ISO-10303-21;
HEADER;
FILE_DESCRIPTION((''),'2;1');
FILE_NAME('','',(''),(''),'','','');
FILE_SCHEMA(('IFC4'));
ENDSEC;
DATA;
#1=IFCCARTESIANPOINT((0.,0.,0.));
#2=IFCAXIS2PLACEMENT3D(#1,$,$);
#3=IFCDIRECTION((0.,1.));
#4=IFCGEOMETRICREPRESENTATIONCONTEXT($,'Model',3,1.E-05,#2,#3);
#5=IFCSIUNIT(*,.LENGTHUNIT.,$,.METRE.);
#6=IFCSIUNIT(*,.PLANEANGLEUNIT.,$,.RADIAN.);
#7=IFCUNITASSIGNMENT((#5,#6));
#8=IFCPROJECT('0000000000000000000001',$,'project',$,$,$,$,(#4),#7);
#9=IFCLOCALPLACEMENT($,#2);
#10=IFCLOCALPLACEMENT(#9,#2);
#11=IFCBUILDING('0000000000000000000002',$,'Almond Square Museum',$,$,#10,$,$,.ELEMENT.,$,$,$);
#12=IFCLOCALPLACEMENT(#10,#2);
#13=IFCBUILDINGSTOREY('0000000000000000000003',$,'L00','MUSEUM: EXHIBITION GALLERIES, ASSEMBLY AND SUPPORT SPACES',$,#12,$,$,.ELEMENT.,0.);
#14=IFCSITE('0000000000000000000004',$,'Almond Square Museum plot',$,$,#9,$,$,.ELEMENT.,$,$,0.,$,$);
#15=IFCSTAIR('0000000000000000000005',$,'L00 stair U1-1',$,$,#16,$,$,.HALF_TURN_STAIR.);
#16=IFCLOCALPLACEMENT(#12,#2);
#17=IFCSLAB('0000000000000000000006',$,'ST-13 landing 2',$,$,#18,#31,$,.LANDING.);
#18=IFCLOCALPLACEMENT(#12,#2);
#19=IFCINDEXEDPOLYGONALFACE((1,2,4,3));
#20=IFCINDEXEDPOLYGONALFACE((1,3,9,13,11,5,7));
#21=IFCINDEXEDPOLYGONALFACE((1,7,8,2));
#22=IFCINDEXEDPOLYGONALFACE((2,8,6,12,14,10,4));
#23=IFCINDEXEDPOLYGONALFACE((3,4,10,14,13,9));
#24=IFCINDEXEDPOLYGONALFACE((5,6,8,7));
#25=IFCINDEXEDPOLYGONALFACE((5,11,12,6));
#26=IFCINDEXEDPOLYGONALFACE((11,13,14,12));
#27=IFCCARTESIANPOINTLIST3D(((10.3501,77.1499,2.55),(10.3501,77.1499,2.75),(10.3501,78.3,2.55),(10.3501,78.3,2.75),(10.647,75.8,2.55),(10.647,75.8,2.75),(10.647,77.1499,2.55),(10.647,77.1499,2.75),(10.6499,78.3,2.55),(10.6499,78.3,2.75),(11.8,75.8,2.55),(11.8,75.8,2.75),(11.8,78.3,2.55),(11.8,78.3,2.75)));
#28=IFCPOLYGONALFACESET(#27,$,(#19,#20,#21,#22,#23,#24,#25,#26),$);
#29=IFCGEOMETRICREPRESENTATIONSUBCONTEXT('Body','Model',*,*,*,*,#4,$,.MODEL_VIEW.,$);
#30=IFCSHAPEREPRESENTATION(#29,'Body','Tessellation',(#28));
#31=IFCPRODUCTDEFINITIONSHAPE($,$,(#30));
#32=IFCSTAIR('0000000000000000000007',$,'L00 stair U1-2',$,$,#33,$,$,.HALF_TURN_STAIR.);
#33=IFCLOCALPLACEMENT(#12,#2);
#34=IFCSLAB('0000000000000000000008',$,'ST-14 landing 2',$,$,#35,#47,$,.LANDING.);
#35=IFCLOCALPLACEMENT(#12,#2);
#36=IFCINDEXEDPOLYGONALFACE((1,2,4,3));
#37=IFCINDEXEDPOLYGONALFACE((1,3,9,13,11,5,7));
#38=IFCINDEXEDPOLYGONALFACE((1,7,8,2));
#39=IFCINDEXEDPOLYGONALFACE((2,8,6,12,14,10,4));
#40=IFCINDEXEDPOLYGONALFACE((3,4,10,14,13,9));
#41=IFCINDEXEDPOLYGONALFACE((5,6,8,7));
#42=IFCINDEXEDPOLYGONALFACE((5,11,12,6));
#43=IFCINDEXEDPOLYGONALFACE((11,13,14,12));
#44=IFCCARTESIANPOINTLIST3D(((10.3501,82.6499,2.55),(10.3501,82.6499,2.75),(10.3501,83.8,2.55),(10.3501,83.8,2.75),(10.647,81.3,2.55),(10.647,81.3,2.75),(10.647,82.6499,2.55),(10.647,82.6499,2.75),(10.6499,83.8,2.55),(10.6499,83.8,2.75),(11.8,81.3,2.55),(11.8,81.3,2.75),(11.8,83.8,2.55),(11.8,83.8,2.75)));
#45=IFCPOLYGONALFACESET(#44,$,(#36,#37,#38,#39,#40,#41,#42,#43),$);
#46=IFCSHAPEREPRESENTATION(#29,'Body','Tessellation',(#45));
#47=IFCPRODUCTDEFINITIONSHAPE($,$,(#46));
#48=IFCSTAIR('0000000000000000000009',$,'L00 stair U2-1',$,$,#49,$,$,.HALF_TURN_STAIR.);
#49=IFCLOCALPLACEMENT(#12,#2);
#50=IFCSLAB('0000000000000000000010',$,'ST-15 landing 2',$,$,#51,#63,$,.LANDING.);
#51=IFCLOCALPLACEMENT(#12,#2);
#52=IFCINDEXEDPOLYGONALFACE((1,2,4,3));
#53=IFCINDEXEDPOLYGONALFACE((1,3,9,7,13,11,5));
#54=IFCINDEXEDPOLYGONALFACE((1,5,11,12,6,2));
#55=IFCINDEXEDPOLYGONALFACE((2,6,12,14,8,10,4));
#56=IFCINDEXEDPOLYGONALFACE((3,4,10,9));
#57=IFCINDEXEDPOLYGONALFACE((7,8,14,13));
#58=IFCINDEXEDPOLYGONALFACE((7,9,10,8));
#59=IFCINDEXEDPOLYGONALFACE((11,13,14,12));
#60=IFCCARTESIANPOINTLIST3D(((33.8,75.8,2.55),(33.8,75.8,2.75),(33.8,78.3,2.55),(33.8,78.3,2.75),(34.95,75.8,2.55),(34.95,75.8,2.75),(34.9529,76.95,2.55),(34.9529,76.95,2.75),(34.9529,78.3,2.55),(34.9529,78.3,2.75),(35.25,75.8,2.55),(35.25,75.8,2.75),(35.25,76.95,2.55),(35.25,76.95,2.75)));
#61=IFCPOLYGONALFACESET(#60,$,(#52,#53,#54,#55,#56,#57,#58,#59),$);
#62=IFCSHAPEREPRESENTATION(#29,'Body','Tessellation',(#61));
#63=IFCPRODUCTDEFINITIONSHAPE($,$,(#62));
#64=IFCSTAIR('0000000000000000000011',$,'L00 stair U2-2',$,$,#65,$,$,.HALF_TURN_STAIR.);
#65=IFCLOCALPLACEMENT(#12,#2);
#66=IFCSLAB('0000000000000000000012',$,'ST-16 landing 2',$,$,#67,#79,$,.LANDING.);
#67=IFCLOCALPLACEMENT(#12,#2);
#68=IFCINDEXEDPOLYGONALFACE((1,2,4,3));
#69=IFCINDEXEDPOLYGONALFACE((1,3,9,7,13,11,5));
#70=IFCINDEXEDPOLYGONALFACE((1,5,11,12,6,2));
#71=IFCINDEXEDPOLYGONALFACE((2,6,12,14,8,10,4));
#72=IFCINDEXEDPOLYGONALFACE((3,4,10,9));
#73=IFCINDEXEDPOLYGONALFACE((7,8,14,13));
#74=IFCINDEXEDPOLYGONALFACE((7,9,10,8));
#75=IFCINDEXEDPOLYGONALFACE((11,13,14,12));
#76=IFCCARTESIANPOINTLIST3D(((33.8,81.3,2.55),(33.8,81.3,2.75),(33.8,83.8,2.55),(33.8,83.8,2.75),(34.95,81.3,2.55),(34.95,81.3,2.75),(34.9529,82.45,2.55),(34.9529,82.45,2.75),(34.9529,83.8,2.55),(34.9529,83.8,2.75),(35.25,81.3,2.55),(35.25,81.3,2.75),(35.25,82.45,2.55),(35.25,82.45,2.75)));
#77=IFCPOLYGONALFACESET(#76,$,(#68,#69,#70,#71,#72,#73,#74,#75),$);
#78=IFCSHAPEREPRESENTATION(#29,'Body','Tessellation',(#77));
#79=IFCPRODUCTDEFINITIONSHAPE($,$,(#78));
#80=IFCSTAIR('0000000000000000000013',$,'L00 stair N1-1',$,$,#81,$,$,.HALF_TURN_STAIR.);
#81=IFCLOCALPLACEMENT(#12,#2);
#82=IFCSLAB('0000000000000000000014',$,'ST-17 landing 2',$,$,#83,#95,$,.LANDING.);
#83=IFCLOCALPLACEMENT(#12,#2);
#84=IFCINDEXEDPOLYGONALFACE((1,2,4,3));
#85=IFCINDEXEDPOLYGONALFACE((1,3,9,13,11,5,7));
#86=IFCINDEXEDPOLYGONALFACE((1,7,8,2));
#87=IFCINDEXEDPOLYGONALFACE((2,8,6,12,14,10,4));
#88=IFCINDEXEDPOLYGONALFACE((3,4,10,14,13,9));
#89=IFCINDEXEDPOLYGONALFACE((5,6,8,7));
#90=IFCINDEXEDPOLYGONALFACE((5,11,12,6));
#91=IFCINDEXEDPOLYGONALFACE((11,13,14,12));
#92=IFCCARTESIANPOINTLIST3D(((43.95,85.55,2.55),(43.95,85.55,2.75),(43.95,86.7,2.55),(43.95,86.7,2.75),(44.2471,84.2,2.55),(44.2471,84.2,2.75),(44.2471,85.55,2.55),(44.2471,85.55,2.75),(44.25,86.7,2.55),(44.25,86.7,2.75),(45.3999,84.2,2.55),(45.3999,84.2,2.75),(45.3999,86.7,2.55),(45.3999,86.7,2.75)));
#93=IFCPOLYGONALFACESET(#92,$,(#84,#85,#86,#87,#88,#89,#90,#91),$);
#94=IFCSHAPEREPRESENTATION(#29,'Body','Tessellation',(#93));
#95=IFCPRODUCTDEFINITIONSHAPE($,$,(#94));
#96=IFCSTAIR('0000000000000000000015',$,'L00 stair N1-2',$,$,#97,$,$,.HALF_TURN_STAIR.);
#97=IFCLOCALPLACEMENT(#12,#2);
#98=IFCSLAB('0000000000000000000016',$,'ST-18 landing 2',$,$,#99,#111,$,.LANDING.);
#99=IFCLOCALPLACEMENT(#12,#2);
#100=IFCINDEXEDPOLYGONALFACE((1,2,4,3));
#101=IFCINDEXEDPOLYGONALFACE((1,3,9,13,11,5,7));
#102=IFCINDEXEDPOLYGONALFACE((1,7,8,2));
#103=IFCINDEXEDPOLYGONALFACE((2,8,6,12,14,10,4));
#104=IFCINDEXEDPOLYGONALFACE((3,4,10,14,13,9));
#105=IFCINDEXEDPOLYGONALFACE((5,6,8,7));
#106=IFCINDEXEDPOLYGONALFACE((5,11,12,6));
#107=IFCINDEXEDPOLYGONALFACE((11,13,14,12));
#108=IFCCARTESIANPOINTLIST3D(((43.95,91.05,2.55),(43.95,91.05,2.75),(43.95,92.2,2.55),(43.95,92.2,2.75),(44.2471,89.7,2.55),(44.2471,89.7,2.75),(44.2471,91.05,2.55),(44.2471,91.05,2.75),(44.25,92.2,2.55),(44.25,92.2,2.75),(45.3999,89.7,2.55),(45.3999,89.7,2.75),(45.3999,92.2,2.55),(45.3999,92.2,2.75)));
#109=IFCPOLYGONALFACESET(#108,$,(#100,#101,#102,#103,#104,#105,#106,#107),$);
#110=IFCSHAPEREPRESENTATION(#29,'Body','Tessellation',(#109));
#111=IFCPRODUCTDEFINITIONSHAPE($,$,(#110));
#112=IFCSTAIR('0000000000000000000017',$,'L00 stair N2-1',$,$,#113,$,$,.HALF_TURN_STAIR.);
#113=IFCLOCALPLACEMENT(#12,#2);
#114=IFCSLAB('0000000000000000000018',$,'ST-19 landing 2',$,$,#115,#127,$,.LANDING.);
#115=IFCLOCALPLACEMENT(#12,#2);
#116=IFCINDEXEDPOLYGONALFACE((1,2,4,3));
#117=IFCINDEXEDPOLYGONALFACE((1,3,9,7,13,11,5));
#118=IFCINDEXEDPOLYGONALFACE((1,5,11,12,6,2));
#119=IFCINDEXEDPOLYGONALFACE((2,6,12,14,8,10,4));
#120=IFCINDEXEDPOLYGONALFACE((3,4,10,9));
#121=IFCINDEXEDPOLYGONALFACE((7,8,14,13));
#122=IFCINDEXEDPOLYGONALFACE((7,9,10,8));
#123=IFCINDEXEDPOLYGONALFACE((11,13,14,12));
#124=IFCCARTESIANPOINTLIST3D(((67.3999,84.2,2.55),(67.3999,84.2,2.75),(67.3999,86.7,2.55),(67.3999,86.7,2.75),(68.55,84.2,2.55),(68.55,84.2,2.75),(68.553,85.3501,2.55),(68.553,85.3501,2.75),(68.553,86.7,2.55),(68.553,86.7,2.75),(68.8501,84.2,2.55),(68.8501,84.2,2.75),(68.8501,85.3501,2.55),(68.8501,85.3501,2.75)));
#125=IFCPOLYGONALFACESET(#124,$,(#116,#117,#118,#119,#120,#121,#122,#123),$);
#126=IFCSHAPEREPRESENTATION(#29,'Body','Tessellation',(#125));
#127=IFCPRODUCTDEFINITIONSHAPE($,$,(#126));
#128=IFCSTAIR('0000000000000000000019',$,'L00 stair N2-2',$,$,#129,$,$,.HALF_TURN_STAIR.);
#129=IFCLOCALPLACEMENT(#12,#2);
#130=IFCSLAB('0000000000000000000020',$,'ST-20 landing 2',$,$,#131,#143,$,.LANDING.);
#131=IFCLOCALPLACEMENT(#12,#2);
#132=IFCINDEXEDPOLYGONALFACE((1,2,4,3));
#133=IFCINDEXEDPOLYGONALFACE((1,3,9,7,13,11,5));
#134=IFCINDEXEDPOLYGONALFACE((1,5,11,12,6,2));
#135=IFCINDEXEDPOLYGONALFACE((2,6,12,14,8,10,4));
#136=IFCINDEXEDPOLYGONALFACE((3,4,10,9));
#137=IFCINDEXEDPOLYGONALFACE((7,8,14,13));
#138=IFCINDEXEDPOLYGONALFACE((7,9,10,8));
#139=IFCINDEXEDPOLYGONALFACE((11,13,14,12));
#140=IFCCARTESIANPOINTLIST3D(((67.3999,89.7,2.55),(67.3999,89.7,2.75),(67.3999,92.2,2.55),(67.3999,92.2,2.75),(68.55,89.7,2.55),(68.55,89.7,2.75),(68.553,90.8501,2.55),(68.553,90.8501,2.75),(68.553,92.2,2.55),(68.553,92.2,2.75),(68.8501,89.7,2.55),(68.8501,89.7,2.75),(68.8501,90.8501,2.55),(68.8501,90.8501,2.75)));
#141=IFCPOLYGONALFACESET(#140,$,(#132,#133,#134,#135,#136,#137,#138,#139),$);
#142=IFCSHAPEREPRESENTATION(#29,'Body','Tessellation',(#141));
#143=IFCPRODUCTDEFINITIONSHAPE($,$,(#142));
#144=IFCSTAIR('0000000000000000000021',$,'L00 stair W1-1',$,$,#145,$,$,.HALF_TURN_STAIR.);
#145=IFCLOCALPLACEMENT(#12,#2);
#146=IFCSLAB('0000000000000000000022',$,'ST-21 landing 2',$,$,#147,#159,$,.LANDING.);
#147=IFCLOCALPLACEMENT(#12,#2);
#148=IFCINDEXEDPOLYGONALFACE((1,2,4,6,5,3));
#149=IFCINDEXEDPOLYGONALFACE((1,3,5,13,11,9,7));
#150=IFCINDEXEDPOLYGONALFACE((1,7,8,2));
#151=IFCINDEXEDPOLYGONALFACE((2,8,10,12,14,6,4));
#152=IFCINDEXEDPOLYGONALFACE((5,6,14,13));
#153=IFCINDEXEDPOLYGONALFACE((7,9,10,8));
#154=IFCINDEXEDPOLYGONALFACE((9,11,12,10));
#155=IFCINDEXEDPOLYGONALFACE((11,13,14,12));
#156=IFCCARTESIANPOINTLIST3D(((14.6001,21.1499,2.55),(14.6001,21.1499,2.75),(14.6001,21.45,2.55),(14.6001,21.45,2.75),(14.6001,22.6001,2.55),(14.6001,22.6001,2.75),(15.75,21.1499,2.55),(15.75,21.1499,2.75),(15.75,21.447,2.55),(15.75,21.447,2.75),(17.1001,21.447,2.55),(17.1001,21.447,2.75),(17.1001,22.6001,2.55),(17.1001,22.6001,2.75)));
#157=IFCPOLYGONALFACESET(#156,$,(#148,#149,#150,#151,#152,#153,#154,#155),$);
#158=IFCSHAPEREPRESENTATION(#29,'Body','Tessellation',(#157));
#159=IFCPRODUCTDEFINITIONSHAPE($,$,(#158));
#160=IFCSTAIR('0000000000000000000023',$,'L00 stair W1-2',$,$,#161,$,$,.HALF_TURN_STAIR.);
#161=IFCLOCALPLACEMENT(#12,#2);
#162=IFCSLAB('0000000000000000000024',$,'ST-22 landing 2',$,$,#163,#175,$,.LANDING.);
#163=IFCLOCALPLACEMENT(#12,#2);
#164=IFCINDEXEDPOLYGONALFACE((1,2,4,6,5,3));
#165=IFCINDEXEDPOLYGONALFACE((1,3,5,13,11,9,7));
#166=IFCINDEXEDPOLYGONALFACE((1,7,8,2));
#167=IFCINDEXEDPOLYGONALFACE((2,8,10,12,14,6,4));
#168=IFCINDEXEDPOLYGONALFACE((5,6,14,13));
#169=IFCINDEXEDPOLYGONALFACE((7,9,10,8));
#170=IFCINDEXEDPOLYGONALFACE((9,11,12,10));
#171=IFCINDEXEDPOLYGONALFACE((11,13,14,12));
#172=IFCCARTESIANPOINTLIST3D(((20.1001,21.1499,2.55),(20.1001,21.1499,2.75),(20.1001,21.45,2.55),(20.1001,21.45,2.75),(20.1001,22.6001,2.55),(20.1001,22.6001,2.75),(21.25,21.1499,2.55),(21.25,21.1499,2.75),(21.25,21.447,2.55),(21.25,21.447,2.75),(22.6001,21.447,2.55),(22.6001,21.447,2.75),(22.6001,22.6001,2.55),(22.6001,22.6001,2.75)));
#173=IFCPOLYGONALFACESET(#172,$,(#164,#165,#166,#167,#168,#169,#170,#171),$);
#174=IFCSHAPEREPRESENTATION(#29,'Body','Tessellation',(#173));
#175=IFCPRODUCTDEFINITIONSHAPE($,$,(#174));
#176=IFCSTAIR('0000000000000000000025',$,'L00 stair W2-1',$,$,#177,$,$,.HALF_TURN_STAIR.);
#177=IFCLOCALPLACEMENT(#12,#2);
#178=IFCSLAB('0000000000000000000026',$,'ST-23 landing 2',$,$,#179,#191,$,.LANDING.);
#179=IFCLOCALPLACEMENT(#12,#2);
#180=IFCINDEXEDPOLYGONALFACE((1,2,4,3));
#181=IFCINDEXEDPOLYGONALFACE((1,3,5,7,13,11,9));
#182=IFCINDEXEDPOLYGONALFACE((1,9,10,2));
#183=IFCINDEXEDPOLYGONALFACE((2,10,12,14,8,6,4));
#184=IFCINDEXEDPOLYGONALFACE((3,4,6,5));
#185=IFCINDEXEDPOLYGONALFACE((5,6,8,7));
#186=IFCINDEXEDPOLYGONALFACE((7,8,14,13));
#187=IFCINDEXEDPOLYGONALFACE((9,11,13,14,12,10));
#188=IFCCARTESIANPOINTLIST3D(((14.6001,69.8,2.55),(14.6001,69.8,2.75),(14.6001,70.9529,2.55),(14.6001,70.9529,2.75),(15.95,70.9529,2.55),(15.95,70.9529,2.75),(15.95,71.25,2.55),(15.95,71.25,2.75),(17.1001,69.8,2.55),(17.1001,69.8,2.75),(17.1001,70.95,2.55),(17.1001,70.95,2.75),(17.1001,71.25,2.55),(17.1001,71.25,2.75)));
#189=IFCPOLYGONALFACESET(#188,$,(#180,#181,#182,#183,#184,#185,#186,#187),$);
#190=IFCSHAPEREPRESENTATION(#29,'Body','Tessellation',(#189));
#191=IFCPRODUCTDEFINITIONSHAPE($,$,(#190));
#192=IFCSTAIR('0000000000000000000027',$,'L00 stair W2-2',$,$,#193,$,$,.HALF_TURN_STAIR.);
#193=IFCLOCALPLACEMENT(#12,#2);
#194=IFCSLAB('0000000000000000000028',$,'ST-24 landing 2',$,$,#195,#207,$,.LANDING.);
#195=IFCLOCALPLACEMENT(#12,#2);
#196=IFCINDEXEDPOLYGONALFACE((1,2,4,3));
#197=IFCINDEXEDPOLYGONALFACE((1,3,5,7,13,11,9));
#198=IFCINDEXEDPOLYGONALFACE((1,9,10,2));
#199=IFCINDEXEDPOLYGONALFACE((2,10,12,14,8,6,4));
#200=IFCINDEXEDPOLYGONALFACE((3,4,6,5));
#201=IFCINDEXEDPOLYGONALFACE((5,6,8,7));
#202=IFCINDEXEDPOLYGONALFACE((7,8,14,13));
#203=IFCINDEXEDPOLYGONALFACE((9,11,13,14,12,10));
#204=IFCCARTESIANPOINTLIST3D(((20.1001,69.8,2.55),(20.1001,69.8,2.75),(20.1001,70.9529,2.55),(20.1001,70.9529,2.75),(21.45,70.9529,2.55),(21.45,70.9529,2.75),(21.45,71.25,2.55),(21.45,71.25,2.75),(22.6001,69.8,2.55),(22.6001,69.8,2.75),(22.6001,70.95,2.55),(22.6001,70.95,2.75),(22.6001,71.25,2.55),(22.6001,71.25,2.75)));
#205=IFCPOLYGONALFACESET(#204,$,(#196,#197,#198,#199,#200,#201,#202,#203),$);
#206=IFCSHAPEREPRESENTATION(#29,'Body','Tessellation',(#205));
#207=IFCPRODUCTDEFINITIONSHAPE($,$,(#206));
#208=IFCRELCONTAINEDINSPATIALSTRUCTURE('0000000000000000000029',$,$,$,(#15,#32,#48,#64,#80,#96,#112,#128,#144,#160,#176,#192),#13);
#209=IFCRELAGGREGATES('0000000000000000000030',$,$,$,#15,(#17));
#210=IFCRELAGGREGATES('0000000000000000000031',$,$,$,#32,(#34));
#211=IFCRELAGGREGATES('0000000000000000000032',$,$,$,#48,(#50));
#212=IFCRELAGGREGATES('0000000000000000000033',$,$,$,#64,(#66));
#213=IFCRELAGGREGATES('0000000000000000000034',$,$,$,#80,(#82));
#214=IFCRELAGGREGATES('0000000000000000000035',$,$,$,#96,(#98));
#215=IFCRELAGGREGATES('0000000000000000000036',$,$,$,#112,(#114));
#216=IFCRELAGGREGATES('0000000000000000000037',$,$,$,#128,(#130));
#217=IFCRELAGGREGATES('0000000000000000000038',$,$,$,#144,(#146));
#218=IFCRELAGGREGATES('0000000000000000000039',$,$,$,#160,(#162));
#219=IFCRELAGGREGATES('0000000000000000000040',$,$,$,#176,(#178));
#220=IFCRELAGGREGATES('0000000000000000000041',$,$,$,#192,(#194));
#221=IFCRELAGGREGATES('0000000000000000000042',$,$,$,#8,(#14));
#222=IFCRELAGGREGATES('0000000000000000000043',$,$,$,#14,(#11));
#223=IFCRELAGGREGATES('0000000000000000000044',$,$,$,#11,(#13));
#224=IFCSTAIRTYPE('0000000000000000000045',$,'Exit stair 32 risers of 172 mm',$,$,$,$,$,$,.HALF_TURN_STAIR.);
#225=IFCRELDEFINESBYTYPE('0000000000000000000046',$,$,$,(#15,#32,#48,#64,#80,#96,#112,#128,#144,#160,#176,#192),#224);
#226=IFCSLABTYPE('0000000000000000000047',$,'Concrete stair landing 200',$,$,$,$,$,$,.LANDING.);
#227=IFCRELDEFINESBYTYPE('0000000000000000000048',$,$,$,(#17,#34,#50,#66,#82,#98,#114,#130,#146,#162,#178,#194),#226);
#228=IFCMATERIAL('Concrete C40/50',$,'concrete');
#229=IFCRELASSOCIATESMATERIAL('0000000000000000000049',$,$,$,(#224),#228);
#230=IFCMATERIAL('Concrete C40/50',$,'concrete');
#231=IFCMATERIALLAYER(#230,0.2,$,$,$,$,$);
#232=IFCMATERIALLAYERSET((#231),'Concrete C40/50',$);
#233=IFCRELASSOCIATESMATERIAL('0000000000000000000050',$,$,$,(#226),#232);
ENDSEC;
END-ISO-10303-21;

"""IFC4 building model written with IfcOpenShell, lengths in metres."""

from ifc_helpers import new_model, si_unit, direction, frame, origin, place, context, subcontext, project, spatial, polyline, outline, extrude, material, layer, layer_set, type_object, element, aggregate, save


model = new_model("IFC4")

# Units and contexts
model_context = context("Model", 3, precision=1e-05, world=origin(), true_north=direction((0.0, 1.0)))
body_context = subcontext(model_context, "Body", "Model", "MODEL_VIEW")
ifc_project = project(units=[si_unit("LENGTHUNIT", "METRE"), si_unit("PLANEANGLEUNIT", "RADIAN")], contexts=[model_context])

# Site, building, storey
site_placement = place(None, origin())
site = spatial("IfcSite", under=ifc_project, at=site_placement, Name="Almond Square Museum plot", CompositionType="ELEMENT", RefElevation=0.0)
building_placement = place(site_placement, origin())
building = spatial("IfcBuilding", under=site, at=building_placement, Name="Almond Square Museum", CompositionType="ELEMENT")
storey_placement = place(building_placement, origin())
storey = spatial("IfcBuildingStorey", under=building, at=storey_placement, Name="L00", Description="MUSEUM: EXHIBITION GALLERIES, ASSEMBLY AND SUPPORT SPACES", CompositionType="ELEMENT", Elevation=0.0)

# Stairs, slabs
ifc_material_1 = material(Name="Concrete C40/50", Category="concrete")
stair_type = type_object("IfcStairType", Name="Exit stair 32 risers of 172 mm", PredefinedType="HALF_TURN_STAIR", material=ifc_material_1)
ifc_material_2 = material(Name="Concrete C40/50", Category="concrete")
ifc_layer = layer(ifc_material_2, 0.2)
ifc_layer_set = layer_set([ifc_layer], Name="Concrete C40/50")
slab_type = type_object("IfcSlabType", Name="Concrete stair landing 200", PredefinedType="LANDING", material=ifc_layer_set)
stair_1_placement = place(storey_placement, origin())
stair_1 = element("IfcStair", 1, at=stair_1_placement, inside=storey, type_object=stair_type, Name="L00 stair U1-1", PredefinedType="HALF_TURN_STAIR")
slab_1_placement = place(storey_placement, frame((0.0, 0.0, 2.55)))
slab_1 = element("IfcSlab", 2, at=slab_1_placement, type_object=slab_type, Name="ST-13 landing 2", PredefinedType="LANDING", context=body_context, shape_type="SweptSolid", body=[
    extrude(outline(polyline([(11.8, 78.3), (10.6499, 78.3), (10.3501, 78.3), (10.3501, 77.1499), (10.647, 77.1499), (10.647, 75.8), (11.8, 75.8), (11.8, 78.3)])), origin(), (0.0, 0.0, 1.0), 0.2),
])
aggregate(stair_1, [slab_1])
stair_2_placement = place(storey_placement, origin())
stair_2 = element("IfcStair", 3, at=stair_2_placement, inside=storey, type_object=stair_type, Name="L00 stair U1-2", PredefinedType="HALF_TURN_STAIR")
slab_2_placement = place(storey_placement, frame((0.0, 0.0, 2.55)))
slab_2 = element("IfcSlab", 4, at=slab_2_placement, type_object=slab_type, Name="ST-14 landing 2", PredefinedType="LANDING", context=body_context, shape_type="SweptSolid", body=[
    extrude(outline(polyline([(11.8, 83.8), (10.6499, 83.8), (10.3501, 83.8), (10.3501, 82.6499), (10.647, 82.6499), (10.647, 81.3), (11.8, 81.3), (11.8, 83.8)])), origin(), (0.0, 0.0, 1.0), 0.2),
])
aggregate(stair_2, [slab_2])
stair_3_placement = place(storey_placement, origin())
stair_3 = element("IfcStair", 5, at=stair_3_placement, inside=storey, type_object=stair_type, Name="L00 stair U2-1", PredefinedType="HALF_TURN_STAIR")
slab_3_placement = place(storey_placement, frame((0.0, 0.0, 2.55)))
slab_3 = element("IfcSlab", 6, at=slab_3_placement, type_object=slab_type, Name="ST-15 landing 2", PredefinedType="LANDING", context=body_context, shape_type="SweptSolid", body=[
    extrude(outline(polyline([(33.8, 75.8), (34.95, 75.8), (35.25, 75.8), (35.25, 76.95), (34.9529, 76.95), (34.9529, 78.3), (33.8, 78.3), (33.8, 75.8)])), origin(), (0.0, 0.0, 1.0), 0.2),
])
aggregate(stair_3, [slab_3])
stair_4_placement = place(storey_placement, origin())
stair_4 = element("IfcStair", 7, at=stair_4_placement, inside=storey, type_object=stair_type, Name="L00 stair U2-2", PredefinedType="HALF_TURN_STAIR")
slab_4_placement = place(storey_placement, frame((0.0, 0.0, 2.55)))
slab_4 = element("IfcSlab", 8, at=slab_4_placement, type_object=slab_type, Name="ST-16 landing 2", PredefinedType="LANDING", context=body_context, shape_type="SweptSolid", body=[
    extrude(outline(polyline([(33.8, 81.3), (34.95, 81.3), (35.25, 81.3), (35.25, 82.45), (34.9529, 82.45), (34.9529, 83.8), (33.8, 83.8), (33.8, 81.3)])), origin(), (0.0, 0.0, 1.0), 0.2),
])
aggregate(stair_4, [slab_4])
stair_5_placement = place(storey_placement, origin())
stair_5 = element("IfcStair", 9, at=stair_5_placement, inside=storey, type_object=stair_type, Name="L00 stair N1-1", PredefinedType="HALF_TURN_STAIR")
slab_5_placement = place(storey_placement, frame((0.0, 0.0, 2.55)))
slab_5 = element("IfcSlab", 10, at=slab_5_placement, type_object=slab_type, Name="ST-17 landing 2", PredefinedType="LANDING", context=body_context, shape_type="SweptSolid", body=[
    extrude(outline(polyline([(45.3999, 86.7), (44.25, 86.7), (43.95, 86.7), (43.95, 85.55), (44.2471, 85.55), (44.2471, 84.2), (45.3999, 84.2), (45.3999, 86.7)])), origin(), (0.0, 0.0, 1.0), 0.2),
])
aggregate(stair_5, [slab_5])
stair_6_placement = place(storey_placement, origin())
stair_6 = element("IfcStair", 11, at=stair_6_placement, inside=storey, type_object=stair_type, Name="L00 stair N1-2", PredefinedType="HALF_TURN_STAIR")
slab_6_placement = place(storey_placement, frame((0.0, 0.0, 2.55)))
slab_6 = element("IfcSlab", 12, at=slab_6_placement, type_object=slab_type, Name="ST-18 landing 2", PredefinedType="LANDING", context=body_context, shape_type="SweptSolid", body=[
    extrude(outline(polyline([(45.3999, 92.2), (44.25, 92.2), (43.95, 92.2), (43.95, 91.05), (44.2471, 91.05), (44.2471, 89.7), (45.3999, 89.7), (45.3999, 92.2)])), origin(), (0.0, 0.0, 1.0), 0.2),
])
aggregate(stair_6, [slab_6])
stair_7_placement = place(storey_placement, origin())
stair_7 = element("IfcStair", 13, at=stair_7_placement, inside=storey, type_object=stair_type, Name="L00 stair N2-1", PredefinedType="HALF_TURN_STAIR")
slab_7_placement = place(storey_placement, frame((0.0, 0.0, 2.55)))
slab_7 = element("IfcSlab", 14, at=slab_7_placement, type_object=slab_type, Name="ST-19 landing 2", PredefinedType="LANDING", context=body_context, shape_type="SweptSolid", body=[
    extrude(outline(polyline([(67.3999, 84.2), (68.55, 84.2), (68.8501, 84.2), (68.8501, 85.3501), (68.553, 85.3501), (68.553, 86.7), (67.3999, 86.7), (67.3999, 84.2)])), origin(), (0.0, 0.0, 1.0), 0.2),
])
aggregate(stair_7, [slab_7])
stair_8_placement = place(storey_placement, origin())
stair_8 = element("IfcStair", 15, at=stair_8_placement, inside=storey, type_object=stair_type, Name="L00 stair N2-2", PredefinedType="HALF_TURN_STAIR")
slab_8_placement = place(storey_placement, frame((0.0, 0.0, 2.55)))
slab_8 = element("IfcSlab", 16, at=slab_8_placement, type_object=slab_type, Name="ST-20 landing 2", PredefinedType="LANDING", context=body_context, shape_type="SweptSolid", body=[
    extrude(outline(polyline([(67.3999, 89.7), (68.55, 89.7), (68.8501, 89.7), (68.8501, 90.8501), (68.553, 90.8501), (68.553, 92.2), (67.3999, 92.2), (67.3999, 89.7)])), origin(), (0.0, 0.0, 1.0), 0.2),
])
aggregate(stair_8, [slab_8])
stair_9_placement = place(storey_placement, origin())
stair_9 = element("IfcStair", 17, at=stair_9_placement, inside=storey, type_object=stair_type, Name="L00 stair W1-1", PredefinedType="HALF_TURN_STAIR")
slab_9_placement = place(storey_placement, frame((0.0, 0.0, 2.55)))
slab_9 = element("IfcSlab", 18, at=slab_9_placement, type_object=slab_type, Name="ST-21 landing 2", PredefinedType="LANDING", context=body_context, shape_type="SweptSolid", body=[
    extrude(outline(polyline([(14.6001, 22.6001), (14.6001, 21.45), (14.6001, 21.1499), (15.75, 21.1499), (15.75, 21.447), (17.1001, 21.447), (17.1001, 22.6001), (14.6001, 22.6001)])), origin(), (0.0, 0.0, 1.0), 0.2),
])
aggregate(stair_9, [slab_9])
stair_10_placement = place(storey_placement, origin())
stair_10 = element("IfcStair", 19, at=stair_10_placement, inside=storey, type_object=stair_type, Name="L00 stair W1-2", PredefinedType="HALF_TURN_STAIR")
slab_10_placement = place(storey_placement, frame((0.0, 0.0, 2.55)))
slab_10 = element("IfcSlab", 20, at=slab_10_placement, type_object=slab_type, Name="ST-22 landing 2", PredefinedType="LANDING", context=body_context, shape_type="SweptSolid", body=[
    extrude(outline(polyline([(20.1001, 22.6001), (20.1001, 21.45), (20.1001, 21.1499), (21.25, 21.1499), (21.25, 21.447), (22.6001, 21.447), (22.6001, 22.6001), (20.1001, 22.6001)])), origin(), (0.0, 0.0, 1.0), 0.2),
])
aggregate(stair_10, [slab_10])
stair_11_placement = place(storey_placement, origin())
stair_11 = element("IfcStair", 21, at=stair_11_placement, inside=storey, type_object=stair_type, Name="L00 stair W2-1", PredefinedType="HALF_TURN_STAIR")
slab_11_placement = place(storey_placement, frame((0.0, 0.0, 2.55)))
slab_11 = element("IfcSlab", 22, at=slab_11_placement, type_object=slab_type, Name="ST-23 landing 2", PredefinedType="LANDING", context=body_context, shape_type="SweptSolid", body=[
    extrude(outline(polyline([(17.1001, 69.8), (17.1001, 70.95), (17.1001, 71.25), (15.95, 71.25), (15.95, 70.9529), (14.6001, 70.9529), (14.6001, 69.8), (17.1001, 69.8)])), origin(), (0.0, 0.0, 1.0), 0.2),
])
aggregate(stair_11, [slab_11])
stair_12_placement = place(storey_placement, origin())
stair_12 = element("IfcStair", 23, at=stair_12_placement, inside=storey, type_object=stair_type, Name="L00 stair W2-2", PredefinedType="HALF_TURN_STAIR")
slab_12_placement = place(storey_placement, frame((0.0, 0.0, 2.55)))
slab_12 = element("IfcSlab", 24, at=slab_12_placement, type_object=slab_type, Name="ST-24 landing 2", PredefinedType="LANDING", context=body_context, shape_type="SweptSolid", body=[
    extrude(outline(polyline([(22.6001, 69.8), (22.6001, 70.95), (22.6001, 71.25), (21.45, 71.25), (21.45, 70.9529), (20.1001, 70.9529), (20.1001, 69.8), (22.6001, 69.8)])), origin(), (0.0, 0.0, 1.0), 0.2),
])
aggregate(stair_12, [slab_12])

save(model, "model.ifc")
